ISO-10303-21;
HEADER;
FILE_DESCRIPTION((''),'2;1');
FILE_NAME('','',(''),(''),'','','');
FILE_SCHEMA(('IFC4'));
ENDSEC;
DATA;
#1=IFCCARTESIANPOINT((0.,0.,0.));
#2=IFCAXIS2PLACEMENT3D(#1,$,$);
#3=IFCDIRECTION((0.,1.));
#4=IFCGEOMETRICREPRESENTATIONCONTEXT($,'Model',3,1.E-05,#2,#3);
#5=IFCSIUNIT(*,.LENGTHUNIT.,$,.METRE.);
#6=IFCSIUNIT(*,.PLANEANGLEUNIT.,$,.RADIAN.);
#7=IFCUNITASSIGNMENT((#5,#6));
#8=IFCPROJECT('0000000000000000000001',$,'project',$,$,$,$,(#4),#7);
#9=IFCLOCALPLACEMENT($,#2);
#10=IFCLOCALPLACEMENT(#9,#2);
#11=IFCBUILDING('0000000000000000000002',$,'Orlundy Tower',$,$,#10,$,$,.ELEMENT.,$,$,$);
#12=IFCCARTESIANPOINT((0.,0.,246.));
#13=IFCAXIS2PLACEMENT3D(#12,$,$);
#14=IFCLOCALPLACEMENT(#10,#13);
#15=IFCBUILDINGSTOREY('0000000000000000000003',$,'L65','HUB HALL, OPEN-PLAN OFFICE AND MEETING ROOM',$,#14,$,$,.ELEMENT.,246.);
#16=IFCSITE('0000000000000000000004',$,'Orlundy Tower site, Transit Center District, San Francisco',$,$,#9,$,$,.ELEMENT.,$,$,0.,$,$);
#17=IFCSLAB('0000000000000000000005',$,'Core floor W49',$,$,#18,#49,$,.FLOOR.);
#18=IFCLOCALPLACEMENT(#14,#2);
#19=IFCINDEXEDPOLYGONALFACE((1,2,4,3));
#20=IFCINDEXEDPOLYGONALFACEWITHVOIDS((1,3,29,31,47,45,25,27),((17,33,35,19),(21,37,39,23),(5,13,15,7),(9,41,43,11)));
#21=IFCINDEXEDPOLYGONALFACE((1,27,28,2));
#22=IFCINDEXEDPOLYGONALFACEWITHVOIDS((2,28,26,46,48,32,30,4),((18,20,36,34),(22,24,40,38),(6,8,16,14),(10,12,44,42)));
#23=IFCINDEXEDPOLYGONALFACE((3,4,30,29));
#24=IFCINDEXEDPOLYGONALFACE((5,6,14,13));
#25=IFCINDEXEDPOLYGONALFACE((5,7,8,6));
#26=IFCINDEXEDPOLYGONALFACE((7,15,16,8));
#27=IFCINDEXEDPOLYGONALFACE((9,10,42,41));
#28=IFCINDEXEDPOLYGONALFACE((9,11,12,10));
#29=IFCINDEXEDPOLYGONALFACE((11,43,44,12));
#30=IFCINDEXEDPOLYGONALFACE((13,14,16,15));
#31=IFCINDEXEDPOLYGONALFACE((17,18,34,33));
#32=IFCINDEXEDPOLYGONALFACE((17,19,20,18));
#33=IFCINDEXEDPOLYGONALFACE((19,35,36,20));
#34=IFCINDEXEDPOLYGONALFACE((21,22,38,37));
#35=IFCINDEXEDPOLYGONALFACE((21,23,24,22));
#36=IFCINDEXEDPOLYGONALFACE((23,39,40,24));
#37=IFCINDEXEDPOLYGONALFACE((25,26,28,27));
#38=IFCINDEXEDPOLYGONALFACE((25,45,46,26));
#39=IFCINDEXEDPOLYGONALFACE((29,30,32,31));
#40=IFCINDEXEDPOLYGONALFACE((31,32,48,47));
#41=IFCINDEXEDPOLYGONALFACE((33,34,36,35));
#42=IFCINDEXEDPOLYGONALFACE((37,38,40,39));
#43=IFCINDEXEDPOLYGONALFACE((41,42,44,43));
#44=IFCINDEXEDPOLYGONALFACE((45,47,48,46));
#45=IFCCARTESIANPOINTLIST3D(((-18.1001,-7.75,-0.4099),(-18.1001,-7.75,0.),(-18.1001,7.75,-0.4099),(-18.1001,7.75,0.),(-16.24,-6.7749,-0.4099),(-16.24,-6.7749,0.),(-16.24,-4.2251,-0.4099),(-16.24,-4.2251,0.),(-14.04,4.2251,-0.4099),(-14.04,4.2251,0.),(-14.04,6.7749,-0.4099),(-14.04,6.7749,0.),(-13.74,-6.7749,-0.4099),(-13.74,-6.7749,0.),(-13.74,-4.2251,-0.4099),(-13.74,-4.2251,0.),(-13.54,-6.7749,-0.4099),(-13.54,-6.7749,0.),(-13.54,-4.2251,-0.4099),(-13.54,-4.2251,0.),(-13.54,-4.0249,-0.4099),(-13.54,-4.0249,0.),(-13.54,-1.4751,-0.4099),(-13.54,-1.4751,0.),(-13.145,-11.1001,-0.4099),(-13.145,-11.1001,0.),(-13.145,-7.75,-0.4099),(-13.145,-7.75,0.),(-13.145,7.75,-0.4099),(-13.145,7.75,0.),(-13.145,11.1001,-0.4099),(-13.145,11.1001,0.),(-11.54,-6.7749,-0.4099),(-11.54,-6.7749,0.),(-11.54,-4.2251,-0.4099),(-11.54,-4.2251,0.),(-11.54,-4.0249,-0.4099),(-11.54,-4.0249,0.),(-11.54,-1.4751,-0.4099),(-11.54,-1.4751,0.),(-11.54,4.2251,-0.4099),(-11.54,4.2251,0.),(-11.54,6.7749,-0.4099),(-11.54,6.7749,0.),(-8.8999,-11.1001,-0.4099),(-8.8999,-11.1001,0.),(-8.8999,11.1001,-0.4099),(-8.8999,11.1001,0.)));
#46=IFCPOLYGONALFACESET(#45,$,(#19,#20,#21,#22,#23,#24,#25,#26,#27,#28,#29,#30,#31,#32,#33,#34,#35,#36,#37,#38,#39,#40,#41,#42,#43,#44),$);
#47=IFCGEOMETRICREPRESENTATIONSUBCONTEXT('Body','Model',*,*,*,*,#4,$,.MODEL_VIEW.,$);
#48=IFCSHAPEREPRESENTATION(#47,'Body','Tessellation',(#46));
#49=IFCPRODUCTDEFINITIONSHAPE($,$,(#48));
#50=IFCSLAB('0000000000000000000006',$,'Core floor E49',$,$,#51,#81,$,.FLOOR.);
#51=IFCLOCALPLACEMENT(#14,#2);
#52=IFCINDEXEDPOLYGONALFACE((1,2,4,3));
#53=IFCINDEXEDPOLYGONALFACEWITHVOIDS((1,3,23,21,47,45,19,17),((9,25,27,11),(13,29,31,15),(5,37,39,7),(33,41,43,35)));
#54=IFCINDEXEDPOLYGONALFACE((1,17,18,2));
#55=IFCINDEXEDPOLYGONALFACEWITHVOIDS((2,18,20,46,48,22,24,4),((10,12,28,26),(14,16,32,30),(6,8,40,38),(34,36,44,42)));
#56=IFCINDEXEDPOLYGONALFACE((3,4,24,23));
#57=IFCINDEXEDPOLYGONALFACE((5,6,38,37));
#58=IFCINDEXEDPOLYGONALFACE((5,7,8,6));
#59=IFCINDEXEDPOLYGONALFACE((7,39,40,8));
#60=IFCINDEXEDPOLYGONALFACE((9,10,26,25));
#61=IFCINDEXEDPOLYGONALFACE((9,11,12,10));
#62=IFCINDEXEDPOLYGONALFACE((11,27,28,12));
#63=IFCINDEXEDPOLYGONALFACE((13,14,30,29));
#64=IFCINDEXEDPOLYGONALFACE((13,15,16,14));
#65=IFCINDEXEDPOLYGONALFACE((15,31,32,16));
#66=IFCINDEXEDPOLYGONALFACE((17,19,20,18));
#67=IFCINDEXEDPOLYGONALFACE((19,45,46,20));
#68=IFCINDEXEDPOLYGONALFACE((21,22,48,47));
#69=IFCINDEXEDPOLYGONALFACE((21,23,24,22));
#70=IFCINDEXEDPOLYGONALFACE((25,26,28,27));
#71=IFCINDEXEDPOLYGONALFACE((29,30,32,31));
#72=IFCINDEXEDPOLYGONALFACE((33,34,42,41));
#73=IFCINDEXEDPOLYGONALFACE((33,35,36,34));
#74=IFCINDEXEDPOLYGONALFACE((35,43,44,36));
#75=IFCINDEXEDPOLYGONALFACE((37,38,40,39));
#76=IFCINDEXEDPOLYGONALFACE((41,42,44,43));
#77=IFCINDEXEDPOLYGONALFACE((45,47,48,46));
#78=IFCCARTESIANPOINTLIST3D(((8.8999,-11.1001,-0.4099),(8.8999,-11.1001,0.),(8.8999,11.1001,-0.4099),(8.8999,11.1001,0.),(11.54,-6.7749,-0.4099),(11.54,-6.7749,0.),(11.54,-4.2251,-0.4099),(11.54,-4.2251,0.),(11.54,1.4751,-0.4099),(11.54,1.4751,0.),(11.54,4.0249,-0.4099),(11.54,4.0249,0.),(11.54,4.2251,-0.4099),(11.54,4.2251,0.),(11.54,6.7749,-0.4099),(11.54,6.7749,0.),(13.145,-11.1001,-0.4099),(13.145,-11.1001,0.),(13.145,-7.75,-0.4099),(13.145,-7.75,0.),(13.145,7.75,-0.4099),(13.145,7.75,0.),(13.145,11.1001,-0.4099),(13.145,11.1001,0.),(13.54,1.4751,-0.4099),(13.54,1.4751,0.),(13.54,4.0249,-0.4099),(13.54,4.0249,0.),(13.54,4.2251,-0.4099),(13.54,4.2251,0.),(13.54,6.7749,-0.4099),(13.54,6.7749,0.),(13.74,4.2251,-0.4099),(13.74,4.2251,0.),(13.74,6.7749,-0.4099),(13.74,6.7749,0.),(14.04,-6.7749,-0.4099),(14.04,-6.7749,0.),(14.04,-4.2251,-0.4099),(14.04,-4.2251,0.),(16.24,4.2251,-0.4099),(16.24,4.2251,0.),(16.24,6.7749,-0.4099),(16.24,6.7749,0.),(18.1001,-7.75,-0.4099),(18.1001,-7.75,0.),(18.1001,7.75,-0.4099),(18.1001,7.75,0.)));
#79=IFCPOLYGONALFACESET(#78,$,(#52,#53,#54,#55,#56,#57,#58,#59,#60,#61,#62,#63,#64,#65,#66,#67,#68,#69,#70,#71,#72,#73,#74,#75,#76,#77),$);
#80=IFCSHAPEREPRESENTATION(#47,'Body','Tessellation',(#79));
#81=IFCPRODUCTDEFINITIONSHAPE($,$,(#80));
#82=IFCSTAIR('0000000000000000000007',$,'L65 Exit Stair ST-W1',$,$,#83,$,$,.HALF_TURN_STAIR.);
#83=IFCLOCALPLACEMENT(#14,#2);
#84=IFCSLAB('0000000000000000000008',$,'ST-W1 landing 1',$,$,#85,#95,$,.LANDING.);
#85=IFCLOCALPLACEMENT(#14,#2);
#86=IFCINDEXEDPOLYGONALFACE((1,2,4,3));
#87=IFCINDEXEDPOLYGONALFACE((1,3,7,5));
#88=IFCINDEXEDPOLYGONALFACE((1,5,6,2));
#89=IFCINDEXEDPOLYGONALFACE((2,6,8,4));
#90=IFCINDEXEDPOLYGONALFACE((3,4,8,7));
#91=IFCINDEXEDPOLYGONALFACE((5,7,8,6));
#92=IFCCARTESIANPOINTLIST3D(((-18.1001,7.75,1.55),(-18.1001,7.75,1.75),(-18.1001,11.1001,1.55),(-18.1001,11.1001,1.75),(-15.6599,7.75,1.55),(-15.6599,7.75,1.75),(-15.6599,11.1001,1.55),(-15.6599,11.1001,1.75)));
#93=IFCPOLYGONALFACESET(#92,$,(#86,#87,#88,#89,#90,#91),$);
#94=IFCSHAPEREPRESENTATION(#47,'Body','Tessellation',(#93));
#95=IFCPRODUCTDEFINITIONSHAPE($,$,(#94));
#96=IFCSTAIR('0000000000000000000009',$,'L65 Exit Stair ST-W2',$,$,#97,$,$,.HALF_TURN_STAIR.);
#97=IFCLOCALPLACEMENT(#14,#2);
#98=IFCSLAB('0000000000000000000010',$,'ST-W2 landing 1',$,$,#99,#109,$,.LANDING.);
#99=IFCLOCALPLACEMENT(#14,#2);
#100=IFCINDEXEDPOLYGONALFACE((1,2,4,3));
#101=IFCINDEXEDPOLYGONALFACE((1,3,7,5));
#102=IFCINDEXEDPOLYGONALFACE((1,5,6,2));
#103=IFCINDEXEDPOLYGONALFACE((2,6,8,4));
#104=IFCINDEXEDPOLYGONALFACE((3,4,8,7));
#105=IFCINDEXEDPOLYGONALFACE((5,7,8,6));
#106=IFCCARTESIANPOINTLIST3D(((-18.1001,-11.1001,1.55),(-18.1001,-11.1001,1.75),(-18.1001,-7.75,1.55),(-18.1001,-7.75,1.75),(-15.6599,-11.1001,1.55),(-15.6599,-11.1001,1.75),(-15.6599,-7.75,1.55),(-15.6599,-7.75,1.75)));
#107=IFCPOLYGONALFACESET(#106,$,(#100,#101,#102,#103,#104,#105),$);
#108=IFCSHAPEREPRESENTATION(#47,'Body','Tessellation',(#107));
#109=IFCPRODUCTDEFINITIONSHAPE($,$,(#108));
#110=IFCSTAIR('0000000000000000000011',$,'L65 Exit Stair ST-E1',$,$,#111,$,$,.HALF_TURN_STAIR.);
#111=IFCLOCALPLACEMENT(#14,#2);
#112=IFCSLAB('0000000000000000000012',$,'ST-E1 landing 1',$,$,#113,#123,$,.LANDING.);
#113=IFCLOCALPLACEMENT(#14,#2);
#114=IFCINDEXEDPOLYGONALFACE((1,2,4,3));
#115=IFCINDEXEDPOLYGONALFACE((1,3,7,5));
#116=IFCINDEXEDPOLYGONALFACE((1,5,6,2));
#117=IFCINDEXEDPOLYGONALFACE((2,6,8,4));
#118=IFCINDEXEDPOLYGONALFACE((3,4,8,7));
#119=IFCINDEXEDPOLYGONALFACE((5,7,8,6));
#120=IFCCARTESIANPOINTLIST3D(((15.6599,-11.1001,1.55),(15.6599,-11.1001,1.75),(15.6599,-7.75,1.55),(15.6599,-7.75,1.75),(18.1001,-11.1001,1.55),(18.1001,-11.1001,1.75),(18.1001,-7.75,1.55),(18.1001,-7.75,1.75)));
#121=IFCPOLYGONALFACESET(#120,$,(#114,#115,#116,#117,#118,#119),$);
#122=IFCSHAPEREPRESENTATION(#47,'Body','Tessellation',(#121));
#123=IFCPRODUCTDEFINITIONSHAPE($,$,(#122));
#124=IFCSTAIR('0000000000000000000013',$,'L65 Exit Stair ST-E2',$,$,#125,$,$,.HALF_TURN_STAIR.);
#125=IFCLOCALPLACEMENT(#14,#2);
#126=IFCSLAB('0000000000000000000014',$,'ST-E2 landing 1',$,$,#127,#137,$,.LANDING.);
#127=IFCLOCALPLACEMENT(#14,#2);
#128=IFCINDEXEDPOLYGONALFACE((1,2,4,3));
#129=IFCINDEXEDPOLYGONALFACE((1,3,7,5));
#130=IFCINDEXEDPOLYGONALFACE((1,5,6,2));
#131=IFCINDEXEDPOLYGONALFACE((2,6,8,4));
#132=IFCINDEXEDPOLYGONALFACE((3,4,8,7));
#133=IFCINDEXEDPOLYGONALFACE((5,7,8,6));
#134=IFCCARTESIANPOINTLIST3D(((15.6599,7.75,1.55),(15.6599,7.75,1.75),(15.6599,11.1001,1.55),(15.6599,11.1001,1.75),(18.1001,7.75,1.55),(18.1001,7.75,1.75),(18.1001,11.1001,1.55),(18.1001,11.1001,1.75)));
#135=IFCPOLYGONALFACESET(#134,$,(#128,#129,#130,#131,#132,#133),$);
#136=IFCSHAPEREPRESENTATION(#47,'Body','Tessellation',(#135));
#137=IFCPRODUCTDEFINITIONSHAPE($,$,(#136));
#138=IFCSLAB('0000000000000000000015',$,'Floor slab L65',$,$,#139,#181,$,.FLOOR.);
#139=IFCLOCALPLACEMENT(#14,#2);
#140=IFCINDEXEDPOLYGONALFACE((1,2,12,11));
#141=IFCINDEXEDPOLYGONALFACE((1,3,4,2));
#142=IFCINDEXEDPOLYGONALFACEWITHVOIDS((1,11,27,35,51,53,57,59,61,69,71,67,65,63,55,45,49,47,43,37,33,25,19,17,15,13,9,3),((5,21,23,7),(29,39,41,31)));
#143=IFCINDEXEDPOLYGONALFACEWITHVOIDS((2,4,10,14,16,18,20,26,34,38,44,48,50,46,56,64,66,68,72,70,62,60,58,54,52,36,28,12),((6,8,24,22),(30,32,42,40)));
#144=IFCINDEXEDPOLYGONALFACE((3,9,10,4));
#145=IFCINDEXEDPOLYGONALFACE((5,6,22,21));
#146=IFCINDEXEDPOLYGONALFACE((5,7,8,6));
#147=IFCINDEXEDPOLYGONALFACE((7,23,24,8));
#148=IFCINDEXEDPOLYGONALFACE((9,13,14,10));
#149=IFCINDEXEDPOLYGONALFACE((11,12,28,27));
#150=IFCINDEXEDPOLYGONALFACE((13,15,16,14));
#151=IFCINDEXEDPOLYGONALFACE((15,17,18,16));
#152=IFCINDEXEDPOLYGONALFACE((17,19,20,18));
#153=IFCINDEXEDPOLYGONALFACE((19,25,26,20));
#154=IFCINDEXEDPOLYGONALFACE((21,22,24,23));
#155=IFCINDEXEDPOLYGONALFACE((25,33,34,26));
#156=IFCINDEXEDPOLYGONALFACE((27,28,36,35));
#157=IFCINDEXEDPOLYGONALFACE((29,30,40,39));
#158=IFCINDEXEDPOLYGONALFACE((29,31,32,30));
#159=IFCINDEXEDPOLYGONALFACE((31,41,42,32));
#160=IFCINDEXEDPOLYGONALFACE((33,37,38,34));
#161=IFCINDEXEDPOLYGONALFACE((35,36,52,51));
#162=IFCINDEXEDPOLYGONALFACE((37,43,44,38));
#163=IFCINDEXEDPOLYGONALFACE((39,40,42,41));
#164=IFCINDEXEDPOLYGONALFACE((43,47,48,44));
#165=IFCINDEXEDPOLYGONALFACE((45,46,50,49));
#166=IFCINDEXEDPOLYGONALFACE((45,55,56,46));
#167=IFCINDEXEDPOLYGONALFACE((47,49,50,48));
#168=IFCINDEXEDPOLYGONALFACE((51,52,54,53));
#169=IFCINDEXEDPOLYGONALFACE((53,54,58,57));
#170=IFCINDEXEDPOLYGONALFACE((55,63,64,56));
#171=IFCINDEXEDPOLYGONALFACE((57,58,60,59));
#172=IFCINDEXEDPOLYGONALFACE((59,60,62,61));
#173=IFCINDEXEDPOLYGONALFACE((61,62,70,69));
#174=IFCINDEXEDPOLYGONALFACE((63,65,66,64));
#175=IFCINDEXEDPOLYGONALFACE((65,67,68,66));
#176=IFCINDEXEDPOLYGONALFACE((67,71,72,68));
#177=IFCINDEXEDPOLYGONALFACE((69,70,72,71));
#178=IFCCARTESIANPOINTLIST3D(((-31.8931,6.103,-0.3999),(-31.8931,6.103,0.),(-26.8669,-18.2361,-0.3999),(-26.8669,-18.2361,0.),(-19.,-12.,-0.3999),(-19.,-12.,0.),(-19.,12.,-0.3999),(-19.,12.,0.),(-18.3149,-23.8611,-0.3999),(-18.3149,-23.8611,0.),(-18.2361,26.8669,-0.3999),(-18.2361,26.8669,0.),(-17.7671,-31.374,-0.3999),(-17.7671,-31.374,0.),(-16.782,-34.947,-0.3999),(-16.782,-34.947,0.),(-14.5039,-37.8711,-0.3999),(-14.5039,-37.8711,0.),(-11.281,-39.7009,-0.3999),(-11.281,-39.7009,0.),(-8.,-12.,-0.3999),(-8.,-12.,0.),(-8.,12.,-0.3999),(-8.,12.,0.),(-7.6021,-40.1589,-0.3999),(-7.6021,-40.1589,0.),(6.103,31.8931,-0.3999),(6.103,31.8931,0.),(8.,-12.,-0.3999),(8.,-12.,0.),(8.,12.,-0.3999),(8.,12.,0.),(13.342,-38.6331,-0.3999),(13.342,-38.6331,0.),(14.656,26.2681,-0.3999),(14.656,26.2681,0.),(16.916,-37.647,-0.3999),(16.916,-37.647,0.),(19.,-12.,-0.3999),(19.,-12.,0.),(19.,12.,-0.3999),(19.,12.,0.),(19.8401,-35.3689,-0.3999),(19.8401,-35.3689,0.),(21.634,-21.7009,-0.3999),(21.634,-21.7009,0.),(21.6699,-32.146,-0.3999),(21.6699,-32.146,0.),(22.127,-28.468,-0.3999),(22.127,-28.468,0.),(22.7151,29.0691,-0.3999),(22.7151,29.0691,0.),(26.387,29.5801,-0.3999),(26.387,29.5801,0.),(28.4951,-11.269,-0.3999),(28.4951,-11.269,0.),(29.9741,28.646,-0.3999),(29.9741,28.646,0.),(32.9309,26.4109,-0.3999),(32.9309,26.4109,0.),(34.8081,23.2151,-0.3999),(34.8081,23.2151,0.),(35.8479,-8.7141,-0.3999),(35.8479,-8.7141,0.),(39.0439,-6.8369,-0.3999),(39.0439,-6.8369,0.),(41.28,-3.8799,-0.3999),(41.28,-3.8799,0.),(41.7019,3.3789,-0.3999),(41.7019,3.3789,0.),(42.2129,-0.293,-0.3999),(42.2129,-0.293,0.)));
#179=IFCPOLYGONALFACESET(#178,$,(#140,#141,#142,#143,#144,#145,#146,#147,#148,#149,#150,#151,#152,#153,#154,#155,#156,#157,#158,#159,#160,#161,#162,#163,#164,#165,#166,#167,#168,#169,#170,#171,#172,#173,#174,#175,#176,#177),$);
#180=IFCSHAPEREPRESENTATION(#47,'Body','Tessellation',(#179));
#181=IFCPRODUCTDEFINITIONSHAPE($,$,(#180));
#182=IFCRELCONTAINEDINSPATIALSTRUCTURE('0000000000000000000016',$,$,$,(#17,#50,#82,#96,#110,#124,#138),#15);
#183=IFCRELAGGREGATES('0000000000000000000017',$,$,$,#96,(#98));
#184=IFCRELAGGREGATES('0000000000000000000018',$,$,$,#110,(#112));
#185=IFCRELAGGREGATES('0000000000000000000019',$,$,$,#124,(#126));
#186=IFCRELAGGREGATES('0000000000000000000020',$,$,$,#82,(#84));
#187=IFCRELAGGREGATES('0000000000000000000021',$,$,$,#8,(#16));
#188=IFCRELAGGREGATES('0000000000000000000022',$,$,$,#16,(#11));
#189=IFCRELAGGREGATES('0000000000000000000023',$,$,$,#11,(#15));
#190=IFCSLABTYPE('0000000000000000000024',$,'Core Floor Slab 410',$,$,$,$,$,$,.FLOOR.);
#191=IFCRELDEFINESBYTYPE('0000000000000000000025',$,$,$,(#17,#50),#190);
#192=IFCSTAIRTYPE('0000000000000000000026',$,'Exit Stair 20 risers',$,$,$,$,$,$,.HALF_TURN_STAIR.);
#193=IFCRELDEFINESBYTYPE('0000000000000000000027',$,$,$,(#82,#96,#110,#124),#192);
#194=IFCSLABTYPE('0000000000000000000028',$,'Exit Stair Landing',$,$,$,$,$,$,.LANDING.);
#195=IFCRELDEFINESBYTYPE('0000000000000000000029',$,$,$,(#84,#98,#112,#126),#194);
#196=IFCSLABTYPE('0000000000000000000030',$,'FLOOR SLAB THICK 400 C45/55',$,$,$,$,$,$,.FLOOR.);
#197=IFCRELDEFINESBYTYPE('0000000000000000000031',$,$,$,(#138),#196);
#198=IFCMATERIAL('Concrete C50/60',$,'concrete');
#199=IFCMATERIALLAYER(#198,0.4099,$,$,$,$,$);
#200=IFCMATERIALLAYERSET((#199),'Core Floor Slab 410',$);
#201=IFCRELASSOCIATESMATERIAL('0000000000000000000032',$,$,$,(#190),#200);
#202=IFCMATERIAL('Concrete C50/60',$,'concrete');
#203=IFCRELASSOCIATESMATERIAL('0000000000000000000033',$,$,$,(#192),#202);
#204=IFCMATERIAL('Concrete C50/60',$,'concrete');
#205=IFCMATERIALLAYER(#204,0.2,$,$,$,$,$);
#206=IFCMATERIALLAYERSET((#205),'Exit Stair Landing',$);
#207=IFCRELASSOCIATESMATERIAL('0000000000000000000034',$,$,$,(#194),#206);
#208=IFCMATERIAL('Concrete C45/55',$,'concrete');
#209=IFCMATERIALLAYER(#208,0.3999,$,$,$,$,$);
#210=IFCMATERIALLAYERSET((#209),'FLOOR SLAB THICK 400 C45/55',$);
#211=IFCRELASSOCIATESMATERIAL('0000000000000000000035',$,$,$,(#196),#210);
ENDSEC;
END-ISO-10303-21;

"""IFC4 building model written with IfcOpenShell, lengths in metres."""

from ifc_helpers import new_model, si_unit, direction, frame, origin, place, context, subcontext, project, spatial, polyline, outline, extrude, material, layer, layer_set, type_object, element, aggregate, save


model = new_model("IFC4")

# Units and contexts
model_context = context("Model", 3, precision=1e-05, world=origin(), true_north=direction((0.0, 1.0)))
body_context = subcontext(model_context, "Body", "Model", "MODEL_VIEW")
ifc_project = project(units=[si_unit("LENGTHUNIT", "METRE"), si_unit("PLANEANGLEUNIT", "RADIAN")], contexts=[model_context])

# Site, building, storey
site_placement = place(None, origin())
site = spatial("IfcSite", under=ifc_project, at=site_placement, Name="Orlundy Tower site, Transit Center District, San Francisco", CompositionType="ELEMENT", RefElevation=0.0)
building_placement = place(site_placement, origin())
building = spatial("IfcBuilding", under=site, at=building_placement, Name="Orlundy Tower", CompositionType="ELEMENT")
storey_placement = place(building_placement, frame((0.0, 0.0, 246.0)))
storey = spatial("IfcBuildingStorey", under=building, at=storey_placement, Name="L65", Description="HUB HALL, OPEN-PLAN OFFICE AND MEETING ROOM", CompositionType="ELEMENT", Elevation=246.0)

# Slabs
ifc_material_1 = material(Name="Concrete C50/60", Category="concrete")
ifc_layer_1 = layer(ifc_material_1, 0.4099)
ifc_layer_set_1 = layer_set([ifc_layer_1], Name="Core Floor Slab 410")
slab_type_1 = type_object("IfcSlabType", Name="Core Floor Slab 410", PredefinedType="FLOOR", material=ifc_layer_set_1)
slab_1_placement = place(storey_placement, frame((0.0, 0.0, -0.4099)))
element("IfcSlab", 1, at=slab_1_placement, inside=storey, type_object=slab_type_1, Name="Core floor W49", PredefinedType="FLOOR", context=body_context, shape_type="SweptSolid", body=[
    extrude(outline(polyline([(-18.1001, 7.75), (-13.145, 7.75), (-13.145, 11.1001), (-8.8999, 11.1001), (-8.8999, -11.1001), (-13.145, -11.1001), (-13.145, -7.75), (-18.1001, -7.75), (-18.1001, 7.75)]), holes=[polyline([(-13.54, -4.2251), (-13.54, -6.7749), (-11.54, -6.7749), (-11.54, -4.2251), (-13.54, -4.2251)]), polyline([(-13.74, -4.2251), (-16.24, -4.2251), (-16.24, -6.7749), (-13.74, -6.7749), (-13.74, -4.2251)]), polyline([(-11.54, -4.0249), (-11.54, -1.4751), (-13.54, -1.4751), (-13.54, -4.0249), (-11.54, -4.0249)]), polyline([(-14.04, 4.2251), (-11.54, 4.2251), (-11.54, 6.7749), (-14.04, 6.7749), (-14.04, 4.2251)])]), origin(), (0.0, 0.0, 1.0), 0.4099),
])
slab_2_placement = place(storey_placement, frame((0.0, 0.0, -0.4099)))
element("IfcSlab", 2, at=slab_2_placement, inside=storey, type_object=slab_type_1, Name="Core floor E49", PredefinedType="FLOOR", context=body_context, shape_type="SweptSolid", body=[
    extrude(outline(polyline([(18.1001, -7.75), (13.145, -7.75), (13.145, -11.1001), (8.8999, -11.1001), (8.8999, 11.1001), (13.145, 11.1001), (13.145, 7.75), (18.1001, 7.75), (18.1001, -7.75)]), holes=[polyline([(13.54, 4.2251), (13.54, 6.7749), (11.54, 6.7749), (11.54, 4.2251), (13.54, 4.2251)]), polyline([(13.74, 4.2251), (16.24, 4.2251), (16.24, 6.7749), (13.74, 6.7749), (13.74, 4.2251)]), polyline([(11.54, 4.0249), (11.54, 1.4751), (13.54, 1.4751), (13.54, 4.0249), (11.54, 4.0249)]), polyline([(14.04, -4.2251), (11.54, -4.2251), (11.54, -6.7749), (14.04, -6.7749), (14.04, -4.2251)])]), origin(), (0.0, 0.0, 1.0), 0.4099),
])

# Stairs, slabs
ifc_material_2 = material(Name="Concrete C50/60", Category="concrete")
stair_type = type_object("IfcStairType", Name="Exit Stair 20 risers", PredefinedType="HALF_TURN_STAIR", material=ifc_material_2)
stair_1_placement = place(storey_placement, origin())
stair_1 = element("IfcStair", 3, at=stair_1_placement, inside=storey, type_object=stair_type, Name="L65 Exit Stair ST-W1", PredefinedType="HALF_TURN_STAIR")
ifc_material_3 = material(Name="Concrete C50/60", Category="concrete")
ifc_layer_2 = layer(ifc_material_3, 0.2)
ifc_layer_set_2 = layer_set([ifc_layer_2], Name="Exit Stair Landing")
slab_type_2 = type_object("IfcSlabType", Name="Exit Stair Landing", PredefinedType="LANDING", material=ifc_layer_set_2)
slab_3_placement = place(storey_placement, frame((0.0, 0.0, 1.55)))
slab_3 = element("IfcSlab", 4, at=slab_3_placement, type_object=slab_type_2, Name="ST-W1 landing 1", PredefinedType="LANDING", context=body_context, shape_type="SweptSolid", body=[
    extrude(outline(polyline([(-15.6599, 11.1001), (-18.1001, 11.1001), (-18.1001, 7.75), (-15.6599, 7.75), (-15.6599, 11.1001)])), origin(), (0.0, 0.0, 1.0), 0.2),
])
stair_2_placement = place(storey_placement, origin())
stair_2 = element("IfcStair", 5, at=stair_2_placement, inside=storey, type_object=stair_type, Name="L65 Exit Stair ST-W2", PredefinedType="HALF_TURN_STAIR")
slab_4_placement = place(storey_placement, frame((0.0, 0.0, 1.55)))
slab_4 = element("IfcSlab", 6, at=slab_4_placement, type_object=slab_type_2, Name="ST-W2 landing 1", PredefinedType="LANDING", context=body_context, shape_type="SweptSolid", body=[
    extrude(outline(polyline([(-15.6599, -7.75), (-18.1001, -7.75), (-18.1001, -11.1001), (-15.6599, -11.1001), (-15.6599, -7.75)])), origin(), (0.0, 0.0, 1.0), 0.2),
])
aggregate(stair_2, [slab_4])
stair_3_placement = place(storey_placement, origin())
stair_3 = element("IfcStair", 7, at=stair_3_placement, inside=storey, type_object=stair_type, Name="L65 Exit Stair ST-E1", PredefinedType="HALF_TURN_STAIR")
slab_5_placement = place(storey_placement, frame((0.0, 0.0, 1.55)))
slab_5 = element("IfcSlab", 8, at=slab_5_placement, type_object=slab_type_2, Name="ST-E1 landing 1", PredefinedType="LANDING", context=body_context, shape_type="SweptSolid", body=[
    extrude(outline(polyline([(15.6599, -11.1001), (18.1001, -11.1001), (18.1001, -7.75), (15.6599, -7.75), (15.6599, -11.1001)])), origin(), (0.0, 0.0, 1.0), 0.2),
])
aggregate(stair_3, [slab_5])
stair_4_placement = place(storey_placement, origin())
stair_4 = element("IfcStair", 9, at=stair_4_placement, inside=storey, type_object=stair_type, Name="L65 Exit Stair ST-E2", PredefinedType="HALF_TURN_STAIR")
slab_6_placement = place(storey_placement, frame((0.0, 0.0, 1.55)))
slab_6 = element("IfcSlab", 10, at=slab_6_placement, type_object=slab_type_2, Name="ST-E2 landing 1", PredefinedType="LANDING", context=body_context, shape_type="SweptSolid", body=[
    extrude(outline(polyline([(15.6599, 7.75), (18.1001, 7.75), (18.1001, 11.1001), (15.6599, 11.1001), (15.6599, 7.75)])), origin(), (0.0, 0.0, 1.0), 0.2),
])
aggregate(stair_4, [slab_6])

# Slab
ifc_material_4 = material(Name="Concrete C45/55", Category="concrete")
ifc_layer_3 = layer(ifc_material_4, 0.3999)
ifc_layer_set_3 = layer_set([ifc_layer_3], Name="FLOOR SLAB THICK 400 C45/55")
slab_type_3 = type_object("IfcSlabType", Name="FLOOR SLAB THICK 400 C45/55", PredefinedType="FLOOR", material=ifc_layer_set_3)
slab_7_placement = place(storey_placement, frame((0.0, 0.0, -0.3999)))
element("IfcSlab", 11, at=slab_7_placement, inside=storey, type_object=slab_type_3, Name="Floor slab L65", PredefinedType="FLOOR", context=body_context, shape_type="SweptSolid", body=[
    extrude(outline(polyline([(28.4951, -11.269), (21.634, -21.7009), (22.127, -28.468), (21.6699, -32.146), (19.8401, -35.3689), (16.916, -37.647), (13.342, -38.6331), (-7.6021, -40.1589), (-11.281, -39.7009), (-14.5039, -37.8711), (-16.782, -34.947), (-17.7671, -31.374), (-18.3149, -23.8611), (-26.8669, -18.2361), (-31.8931, 6.103), (-18.2361, 26.8669), (6.103, 31.8931), (14.656, 26.2681), (22.7151, 29.0691), (26.387, 29.5801), (29.9741, 28.646), (32.9309, 26.4109), (34.8081, 23.2151), (41.7019, 3.3789), (42.2129, -0.293), (41.28, -3.8799), (39.0439, -6.8369), (35.8479, -8.7141), (28.4951, -11.269)]), holes=[polyline([(-8.0, -12.0), (-8.0, 12.0), (-19.0, 12.0), (-19.0, -12.0), (-8.0, -12.0)]), polyline([(19.0, -12.0), (19.0, 12.0), (8.0, 12.0), (8.0, -12.0), (19.0, -12.0)])]), origin(), (0.0, 0.0, 1.0), 0.3999),
])

aggregate(stair_1, [slab_3])

save(model, "model.ifc")
